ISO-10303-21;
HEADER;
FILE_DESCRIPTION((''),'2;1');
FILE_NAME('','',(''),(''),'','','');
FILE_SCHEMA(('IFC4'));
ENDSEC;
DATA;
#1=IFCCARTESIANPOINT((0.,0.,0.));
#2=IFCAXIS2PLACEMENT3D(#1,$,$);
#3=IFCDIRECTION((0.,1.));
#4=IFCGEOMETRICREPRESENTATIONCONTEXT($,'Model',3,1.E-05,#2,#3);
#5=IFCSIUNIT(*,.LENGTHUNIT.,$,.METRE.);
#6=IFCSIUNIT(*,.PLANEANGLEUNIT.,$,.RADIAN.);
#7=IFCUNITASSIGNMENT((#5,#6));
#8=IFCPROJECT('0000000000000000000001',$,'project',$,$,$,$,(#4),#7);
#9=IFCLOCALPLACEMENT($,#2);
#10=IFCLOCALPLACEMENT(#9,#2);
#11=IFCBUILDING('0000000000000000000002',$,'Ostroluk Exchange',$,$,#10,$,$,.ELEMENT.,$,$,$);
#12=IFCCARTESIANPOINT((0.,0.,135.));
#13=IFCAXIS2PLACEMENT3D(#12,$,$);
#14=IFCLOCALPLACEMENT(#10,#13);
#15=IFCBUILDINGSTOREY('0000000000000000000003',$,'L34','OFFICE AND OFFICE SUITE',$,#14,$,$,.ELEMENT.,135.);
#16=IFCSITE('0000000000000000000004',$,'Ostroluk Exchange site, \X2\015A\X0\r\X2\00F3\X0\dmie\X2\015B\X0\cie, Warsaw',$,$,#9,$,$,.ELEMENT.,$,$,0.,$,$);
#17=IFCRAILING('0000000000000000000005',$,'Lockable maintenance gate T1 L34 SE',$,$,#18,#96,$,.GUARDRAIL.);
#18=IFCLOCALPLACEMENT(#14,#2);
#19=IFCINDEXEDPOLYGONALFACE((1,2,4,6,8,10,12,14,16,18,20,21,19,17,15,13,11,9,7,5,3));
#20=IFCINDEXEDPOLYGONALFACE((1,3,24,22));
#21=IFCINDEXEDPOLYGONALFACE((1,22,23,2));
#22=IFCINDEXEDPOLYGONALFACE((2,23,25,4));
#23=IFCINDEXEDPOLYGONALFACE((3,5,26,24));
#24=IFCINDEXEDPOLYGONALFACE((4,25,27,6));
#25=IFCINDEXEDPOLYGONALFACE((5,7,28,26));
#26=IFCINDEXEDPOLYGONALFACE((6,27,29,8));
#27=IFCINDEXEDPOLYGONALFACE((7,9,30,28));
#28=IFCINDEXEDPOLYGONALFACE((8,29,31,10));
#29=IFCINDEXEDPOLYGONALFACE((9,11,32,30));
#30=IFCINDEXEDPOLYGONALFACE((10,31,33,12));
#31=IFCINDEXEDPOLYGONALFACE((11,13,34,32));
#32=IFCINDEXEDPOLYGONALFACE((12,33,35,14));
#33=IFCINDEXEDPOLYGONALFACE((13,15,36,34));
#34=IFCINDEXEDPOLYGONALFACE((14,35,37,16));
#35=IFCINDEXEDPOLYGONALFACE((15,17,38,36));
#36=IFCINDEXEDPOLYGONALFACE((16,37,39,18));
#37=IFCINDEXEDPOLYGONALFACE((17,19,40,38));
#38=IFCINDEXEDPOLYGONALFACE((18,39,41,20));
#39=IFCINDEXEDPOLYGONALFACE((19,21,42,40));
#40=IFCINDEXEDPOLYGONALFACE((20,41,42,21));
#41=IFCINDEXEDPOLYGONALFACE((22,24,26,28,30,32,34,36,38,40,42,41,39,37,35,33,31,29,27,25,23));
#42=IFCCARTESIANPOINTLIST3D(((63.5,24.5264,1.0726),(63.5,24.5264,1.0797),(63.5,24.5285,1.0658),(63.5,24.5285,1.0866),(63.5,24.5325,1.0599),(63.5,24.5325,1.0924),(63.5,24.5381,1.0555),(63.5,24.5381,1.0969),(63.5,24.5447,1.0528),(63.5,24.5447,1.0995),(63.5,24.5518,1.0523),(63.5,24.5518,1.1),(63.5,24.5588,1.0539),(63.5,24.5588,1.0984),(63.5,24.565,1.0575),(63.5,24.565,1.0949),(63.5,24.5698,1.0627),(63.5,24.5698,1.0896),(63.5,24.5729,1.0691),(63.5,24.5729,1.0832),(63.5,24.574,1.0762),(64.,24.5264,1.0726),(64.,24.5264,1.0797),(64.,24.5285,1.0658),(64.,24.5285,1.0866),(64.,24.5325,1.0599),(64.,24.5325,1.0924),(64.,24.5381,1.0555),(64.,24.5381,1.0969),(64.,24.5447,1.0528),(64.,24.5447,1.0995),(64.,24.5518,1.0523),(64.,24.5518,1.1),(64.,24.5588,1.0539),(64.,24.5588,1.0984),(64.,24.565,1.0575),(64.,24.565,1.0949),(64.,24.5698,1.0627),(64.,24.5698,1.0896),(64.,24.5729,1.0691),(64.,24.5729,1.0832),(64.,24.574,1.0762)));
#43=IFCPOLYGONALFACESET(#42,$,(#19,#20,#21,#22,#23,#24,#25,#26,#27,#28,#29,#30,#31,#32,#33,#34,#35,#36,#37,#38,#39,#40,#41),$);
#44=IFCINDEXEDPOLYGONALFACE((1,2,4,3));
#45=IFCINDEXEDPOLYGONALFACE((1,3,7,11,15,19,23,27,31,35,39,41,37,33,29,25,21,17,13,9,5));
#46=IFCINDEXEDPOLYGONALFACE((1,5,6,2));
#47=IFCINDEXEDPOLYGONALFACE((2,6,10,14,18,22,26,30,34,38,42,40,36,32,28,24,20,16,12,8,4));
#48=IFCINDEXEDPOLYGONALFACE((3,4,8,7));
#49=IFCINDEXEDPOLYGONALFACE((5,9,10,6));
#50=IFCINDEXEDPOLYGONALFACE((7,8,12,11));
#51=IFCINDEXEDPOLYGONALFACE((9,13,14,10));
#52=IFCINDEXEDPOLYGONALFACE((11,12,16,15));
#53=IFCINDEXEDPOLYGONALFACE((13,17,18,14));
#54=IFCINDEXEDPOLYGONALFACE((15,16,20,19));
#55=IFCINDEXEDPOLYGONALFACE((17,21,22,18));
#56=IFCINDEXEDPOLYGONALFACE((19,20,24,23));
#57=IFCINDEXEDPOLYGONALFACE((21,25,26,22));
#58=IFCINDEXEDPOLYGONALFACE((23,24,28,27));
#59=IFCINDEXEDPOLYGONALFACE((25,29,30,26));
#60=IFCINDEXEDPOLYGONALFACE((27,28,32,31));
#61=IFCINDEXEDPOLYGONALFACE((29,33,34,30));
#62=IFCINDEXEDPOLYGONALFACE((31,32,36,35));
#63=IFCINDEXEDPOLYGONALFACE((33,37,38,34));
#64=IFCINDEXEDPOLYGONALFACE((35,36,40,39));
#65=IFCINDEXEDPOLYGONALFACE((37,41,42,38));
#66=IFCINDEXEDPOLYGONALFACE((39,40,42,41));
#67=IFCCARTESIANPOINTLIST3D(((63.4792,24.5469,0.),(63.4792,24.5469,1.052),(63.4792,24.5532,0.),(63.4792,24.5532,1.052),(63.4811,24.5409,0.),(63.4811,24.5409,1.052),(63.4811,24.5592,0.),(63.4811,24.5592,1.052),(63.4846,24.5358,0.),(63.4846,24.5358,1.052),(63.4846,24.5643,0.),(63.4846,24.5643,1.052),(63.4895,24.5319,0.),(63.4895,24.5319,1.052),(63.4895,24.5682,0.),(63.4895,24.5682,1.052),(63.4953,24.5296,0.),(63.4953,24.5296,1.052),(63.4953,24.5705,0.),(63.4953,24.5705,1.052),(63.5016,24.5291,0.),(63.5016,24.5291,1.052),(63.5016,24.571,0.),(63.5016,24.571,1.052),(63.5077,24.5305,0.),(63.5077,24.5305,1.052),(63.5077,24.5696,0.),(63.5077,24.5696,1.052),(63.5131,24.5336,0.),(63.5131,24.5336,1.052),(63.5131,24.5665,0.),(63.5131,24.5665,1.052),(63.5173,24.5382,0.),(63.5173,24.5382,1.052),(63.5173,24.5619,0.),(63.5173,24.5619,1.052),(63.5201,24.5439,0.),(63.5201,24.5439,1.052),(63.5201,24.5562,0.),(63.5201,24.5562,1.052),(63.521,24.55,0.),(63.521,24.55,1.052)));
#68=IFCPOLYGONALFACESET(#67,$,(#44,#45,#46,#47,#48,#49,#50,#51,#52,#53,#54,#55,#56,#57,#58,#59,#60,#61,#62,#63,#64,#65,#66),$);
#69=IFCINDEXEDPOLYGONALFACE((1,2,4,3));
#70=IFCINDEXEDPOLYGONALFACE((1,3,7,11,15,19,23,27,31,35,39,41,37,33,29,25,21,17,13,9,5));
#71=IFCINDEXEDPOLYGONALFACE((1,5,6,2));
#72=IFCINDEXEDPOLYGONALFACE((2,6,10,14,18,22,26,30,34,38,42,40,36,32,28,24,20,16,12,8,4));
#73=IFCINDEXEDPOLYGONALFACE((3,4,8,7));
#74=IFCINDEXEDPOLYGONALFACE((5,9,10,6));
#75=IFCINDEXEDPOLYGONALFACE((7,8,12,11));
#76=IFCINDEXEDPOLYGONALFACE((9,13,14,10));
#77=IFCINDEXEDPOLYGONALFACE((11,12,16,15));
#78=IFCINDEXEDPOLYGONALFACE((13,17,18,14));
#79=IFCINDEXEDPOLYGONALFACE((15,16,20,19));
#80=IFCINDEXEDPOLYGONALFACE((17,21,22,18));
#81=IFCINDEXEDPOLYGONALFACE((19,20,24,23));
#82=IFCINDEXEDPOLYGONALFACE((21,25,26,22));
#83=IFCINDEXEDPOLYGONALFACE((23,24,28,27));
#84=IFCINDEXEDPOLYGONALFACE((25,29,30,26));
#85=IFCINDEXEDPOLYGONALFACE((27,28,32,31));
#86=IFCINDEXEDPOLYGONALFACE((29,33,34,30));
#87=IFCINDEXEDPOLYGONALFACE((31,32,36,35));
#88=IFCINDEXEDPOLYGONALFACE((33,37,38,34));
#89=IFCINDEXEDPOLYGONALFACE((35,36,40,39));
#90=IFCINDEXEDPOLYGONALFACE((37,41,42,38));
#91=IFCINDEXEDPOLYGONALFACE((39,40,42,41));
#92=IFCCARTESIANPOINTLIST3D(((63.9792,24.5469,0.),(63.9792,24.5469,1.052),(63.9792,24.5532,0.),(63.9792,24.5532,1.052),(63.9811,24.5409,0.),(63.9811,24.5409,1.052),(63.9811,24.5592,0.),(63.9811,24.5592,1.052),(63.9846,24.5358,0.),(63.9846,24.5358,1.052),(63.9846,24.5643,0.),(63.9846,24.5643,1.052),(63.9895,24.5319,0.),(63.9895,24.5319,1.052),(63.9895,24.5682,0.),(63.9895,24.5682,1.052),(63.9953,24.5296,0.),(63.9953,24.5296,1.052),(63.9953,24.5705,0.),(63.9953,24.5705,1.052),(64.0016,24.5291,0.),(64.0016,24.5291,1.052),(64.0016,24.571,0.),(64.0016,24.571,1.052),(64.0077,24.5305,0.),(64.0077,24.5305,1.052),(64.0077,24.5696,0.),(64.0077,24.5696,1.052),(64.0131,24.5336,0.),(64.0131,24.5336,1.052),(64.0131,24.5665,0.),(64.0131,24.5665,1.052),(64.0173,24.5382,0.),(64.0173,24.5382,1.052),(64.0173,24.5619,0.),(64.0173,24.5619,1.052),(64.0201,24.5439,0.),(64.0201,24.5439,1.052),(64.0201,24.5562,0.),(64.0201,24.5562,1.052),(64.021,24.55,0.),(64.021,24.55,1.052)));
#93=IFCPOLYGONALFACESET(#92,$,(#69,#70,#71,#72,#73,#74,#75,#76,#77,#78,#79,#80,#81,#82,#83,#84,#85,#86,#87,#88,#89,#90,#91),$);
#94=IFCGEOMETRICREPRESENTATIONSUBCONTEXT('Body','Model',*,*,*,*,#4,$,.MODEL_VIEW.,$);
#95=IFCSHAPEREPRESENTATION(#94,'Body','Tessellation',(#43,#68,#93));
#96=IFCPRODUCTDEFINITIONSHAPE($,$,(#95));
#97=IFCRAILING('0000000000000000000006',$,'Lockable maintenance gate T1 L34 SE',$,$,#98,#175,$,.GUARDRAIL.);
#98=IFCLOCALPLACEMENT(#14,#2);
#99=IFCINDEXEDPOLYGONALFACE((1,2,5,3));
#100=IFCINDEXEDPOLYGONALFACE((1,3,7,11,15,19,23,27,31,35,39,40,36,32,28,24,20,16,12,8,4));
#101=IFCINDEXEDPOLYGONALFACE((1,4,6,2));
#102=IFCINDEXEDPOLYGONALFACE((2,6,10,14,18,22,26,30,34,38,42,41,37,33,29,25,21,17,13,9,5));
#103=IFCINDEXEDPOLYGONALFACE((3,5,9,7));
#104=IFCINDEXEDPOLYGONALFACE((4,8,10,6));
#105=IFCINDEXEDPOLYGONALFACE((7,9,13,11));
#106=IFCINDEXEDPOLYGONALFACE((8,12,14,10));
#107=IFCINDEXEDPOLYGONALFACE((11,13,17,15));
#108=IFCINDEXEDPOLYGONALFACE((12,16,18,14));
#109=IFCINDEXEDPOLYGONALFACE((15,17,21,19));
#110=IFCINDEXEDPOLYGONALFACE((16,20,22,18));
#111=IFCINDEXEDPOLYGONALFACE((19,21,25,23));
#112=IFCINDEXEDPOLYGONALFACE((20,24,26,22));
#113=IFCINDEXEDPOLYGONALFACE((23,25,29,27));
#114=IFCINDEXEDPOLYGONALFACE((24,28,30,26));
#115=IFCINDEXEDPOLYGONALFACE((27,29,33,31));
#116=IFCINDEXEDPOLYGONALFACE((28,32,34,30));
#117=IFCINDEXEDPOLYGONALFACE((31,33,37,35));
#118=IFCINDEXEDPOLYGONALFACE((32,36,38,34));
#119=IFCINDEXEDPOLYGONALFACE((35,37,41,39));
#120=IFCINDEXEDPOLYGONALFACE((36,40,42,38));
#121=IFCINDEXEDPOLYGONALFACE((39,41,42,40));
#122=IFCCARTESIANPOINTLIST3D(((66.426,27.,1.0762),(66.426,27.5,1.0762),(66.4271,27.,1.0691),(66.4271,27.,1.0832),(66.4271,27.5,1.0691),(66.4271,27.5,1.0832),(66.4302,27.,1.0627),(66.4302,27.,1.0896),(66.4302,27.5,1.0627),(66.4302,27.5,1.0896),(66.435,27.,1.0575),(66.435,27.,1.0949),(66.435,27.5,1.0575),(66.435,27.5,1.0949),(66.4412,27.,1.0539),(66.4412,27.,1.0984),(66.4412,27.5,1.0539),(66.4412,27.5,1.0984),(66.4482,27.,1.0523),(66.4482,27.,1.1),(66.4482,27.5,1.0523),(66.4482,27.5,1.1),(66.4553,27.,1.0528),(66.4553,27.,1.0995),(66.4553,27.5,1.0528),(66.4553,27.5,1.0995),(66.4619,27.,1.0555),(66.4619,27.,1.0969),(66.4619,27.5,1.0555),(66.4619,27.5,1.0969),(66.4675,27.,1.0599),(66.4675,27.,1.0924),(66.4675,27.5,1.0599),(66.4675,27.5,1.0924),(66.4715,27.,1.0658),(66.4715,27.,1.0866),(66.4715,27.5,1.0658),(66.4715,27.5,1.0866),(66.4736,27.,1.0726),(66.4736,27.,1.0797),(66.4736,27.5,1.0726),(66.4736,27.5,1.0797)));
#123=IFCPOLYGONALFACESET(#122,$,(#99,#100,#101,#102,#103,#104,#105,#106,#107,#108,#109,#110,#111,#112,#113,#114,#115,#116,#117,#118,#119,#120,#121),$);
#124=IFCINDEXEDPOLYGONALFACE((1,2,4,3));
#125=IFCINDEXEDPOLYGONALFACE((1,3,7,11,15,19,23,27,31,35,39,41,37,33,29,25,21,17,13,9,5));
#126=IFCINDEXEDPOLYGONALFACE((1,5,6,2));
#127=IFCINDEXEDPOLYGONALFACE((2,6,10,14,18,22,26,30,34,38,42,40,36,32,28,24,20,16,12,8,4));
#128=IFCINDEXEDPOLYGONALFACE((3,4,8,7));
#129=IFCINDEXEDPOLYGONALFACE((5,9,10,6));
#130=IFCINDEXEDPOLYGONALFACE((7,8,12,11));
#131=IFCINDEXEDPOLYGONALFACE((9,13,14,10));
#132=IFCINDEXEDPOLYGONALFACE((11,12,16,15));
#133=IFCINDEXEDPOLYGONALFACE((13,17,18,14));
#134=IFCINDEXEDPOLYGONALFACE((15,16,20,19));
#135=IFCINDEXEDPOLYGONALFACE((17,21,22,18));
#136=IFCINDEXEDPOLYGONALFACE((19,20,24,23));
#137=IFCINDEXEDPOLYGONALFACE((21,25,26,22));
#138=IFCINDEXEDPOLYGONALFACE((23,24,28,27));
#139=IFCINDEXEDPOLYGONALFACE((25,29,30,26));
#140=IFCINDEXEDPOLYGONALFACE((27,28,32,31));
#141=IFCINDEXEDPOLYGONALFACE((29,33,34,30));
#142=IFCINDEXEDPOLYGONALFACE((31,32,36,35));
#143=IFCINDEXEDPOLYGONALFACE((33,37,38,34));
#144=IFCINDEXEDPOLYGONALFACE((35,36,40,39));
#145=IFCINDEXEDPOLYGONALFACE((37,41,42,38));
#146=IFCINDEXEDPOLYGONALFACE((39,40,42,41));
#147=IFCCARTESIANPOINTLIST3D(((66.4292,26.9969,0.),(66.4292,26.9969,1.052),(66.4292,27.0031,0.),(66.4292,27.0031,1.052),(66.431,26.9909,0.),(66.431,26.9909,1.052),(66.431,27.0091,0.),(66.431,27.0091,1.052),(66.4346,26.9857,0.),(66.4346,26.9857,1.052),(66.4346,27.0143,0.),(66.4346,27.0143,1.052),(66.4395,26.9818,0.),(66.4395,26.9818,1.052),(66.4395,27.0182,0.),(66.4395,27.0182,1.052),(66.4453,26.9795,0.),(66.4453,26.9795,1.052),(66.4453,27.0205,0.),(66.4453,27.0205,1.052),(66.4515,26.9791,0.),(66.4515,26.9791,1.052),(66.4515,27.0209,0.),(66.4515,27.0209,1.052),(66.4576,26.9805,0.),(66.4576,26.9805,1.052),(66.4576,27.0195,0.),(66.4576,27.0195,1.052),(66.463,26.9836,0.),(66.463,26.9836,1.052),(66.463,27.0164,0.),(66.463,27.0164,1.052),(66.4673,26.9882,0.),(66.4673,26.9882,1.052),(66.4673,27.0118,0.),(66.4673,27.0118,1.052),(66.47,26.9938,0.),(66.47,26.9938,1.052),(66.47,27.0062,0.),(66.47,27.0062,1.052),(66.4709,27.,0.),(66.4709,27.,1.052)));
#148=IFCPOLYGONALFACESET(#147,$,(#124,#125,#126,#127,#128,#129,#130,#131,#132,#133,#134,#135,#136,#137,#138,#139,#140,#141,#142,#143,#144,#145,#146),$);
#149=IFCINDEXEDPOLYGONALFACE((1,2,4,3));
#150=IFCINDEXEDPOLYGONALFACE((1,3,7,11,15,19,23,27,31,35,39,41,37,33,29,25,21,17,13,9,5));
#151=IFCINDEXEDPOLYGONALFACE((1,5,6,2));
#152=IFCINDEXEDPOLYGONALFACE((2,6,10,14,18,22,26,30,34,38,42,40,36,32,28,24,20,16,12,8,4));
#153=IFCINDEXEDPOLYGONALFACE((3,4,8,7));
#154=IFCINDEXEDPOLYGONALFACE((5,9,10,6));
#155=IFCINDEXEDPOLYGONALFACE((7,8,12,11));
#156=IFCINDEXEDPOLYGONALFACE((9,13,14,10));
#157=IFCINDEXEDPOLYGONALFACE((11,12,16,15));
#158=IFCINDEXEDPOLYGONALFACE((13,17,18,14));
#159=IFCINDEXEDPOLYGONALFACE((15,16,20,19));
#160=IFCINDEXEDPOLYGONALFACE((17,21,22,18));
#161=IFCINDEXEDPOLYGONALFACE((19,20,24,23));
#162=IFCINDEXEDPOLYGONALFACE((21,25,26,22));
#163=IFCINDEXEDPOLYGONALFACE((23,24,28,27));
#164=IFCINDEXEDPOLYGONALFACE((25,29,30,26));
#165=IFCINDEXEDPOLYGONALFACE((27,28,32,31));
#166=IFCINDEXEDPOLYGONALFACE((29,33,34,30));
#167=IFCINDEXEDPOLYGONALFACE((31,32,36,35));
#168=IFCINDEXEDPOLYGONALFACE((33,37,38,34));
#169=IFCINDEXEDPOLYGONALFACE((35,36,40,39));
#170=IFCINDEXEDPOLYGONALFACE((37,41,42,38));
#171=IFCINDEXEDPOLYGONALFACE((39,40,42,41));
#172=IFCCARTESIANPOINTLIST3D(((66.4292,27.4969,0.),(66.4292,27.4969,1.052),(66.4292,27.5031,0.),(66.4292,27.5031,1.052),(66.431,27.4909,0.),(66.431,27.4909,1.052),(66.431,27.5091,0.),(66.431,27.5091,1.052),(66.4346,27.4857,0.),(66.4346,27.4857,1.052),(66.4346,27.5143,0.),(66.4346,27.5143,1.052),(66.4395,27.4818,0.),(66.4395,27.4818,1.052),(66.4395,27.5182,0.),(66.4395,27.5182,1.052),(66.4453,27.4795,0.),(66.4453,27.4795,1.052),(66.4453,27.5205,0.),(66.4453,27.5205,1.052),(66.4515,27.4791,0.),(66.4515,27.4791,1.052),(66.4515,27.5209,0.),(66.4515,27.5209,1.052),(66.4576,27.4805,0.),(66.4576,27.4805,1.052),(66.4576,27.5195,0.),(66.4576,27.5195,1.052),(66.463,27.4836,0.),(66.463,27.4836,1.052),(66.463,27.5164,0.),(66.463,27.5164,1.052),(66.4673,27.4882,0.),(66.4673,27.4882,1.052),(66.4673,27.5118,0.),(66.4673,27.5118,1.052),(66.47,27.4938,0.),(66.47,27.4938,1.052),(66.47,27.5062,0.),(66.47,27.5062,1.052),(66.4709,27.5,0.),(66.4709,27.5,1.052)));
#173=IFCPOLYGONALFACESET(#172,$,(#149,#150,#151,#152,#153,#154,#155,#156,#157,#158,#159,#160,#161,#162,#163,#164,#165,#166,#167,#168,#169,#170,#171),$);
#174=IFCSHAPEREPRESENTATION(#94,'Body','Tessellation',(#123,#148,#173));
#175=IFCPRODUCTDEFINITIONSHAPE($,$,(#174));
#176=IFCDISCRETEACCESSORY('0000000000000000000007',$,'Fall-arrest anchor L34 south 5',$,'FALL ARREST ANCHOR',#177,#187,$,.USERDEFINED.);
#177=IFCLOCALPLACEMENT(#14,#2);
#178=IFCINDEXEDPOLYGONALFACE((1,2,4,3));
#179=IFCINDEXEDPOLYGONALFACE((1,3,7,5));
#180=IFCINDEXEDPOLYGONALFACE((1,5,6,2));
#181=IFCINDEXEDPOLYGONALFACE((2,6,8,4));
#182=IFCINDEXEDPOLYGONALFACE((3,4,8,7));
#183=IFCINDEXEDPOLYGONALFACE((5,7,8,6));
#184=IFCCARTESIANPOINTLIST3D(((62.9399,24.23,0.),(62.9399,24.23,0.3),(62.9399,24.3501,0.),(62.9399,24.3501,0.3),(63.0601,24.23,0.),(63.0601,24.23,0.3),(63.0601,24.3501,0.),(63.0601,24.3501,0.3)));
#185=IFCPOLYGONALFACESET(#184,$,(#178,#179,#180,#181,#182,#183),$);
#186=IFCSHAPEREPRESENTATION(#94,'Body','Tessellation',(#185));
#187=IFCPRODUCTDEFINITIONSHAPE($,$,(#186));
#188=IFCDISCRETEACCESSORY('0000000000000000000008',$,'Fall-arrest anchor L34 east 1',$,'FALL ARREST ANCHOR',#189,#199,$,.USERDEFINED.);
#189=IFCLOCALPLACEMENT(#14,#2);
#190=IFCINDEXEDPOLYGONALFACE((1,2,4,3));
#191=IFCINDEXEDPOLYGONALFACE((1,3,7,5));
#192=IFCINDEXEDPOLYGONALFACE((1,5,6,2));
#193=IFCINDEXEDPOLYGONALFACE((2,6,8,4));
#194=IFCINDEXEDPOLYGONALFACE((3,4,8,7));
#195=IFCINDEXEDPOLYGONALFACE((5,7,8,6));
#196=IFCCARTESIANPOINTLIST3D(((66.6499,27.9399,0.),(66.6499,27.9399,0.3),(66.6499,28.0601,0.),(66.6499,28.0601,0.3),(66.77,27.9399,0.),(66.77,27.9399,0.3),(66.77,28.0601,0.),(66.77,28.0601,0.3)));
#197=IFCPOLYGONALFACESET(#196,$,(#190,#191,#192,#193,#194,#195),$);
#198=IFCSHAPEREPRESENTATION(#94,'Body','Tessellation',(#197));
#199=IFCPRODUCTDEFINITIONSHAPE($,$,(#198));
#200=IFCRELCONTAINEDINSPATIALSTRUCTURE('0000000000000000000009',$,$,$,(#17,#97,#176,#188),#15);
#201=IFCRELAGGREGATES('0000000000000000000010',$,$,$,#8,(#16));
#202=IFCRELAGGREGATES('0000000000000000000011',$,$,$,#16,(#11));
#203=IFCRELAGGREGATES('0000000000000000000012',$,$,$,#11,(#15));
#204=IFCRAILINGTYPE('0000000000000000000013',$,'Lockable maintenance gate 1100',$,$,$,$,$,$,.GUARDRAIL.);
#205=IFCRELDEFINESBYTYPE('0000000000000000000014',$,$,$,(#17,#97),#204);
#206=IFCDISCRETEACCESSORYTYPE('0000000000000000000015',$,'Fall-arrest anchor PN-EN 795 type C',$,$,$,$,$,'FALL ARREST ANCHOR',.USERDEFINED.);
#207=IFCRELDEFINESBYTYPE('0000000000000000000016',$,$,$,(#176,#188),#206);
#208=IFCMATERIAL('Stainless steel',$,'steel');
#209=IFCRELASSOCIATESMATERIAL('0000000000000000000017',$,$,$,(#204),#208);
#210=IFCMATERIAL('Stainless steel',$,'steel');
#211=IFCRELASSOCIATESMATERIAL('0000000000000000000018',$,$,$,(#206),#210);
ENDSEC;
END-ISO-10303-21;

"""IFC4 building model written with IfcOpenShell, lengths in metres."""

from ifc_helpers import new_model, si_unit, direction, frame, origin, origin_2d, place, context, subcontext, project, spatial, rectangle, circle, extrude, material, type_object, element, save


model = new_model("IFC4")

# Units and contexts
model_context = context("Model", 3, precision=1e-05, world=origin(), true_north=direction((0.0, 1.0)))
body_context = subcontext(model_context, "Body", "Model", "MODEL_VIEW")
ifc_project = project(units=[si_unit("LENGTHUNIT", "METRE"), si_unit("PLANEANGLEUNIT", "RADIAN")], contexts=[model_context])

# Site, building, storey
site_placement = place(None, origin())
site = spatial("IfcSite", under=ifc_project, at=site_placement, Name="Ostroluk Exchange site, Śródmieście, Warsaw", CompositionType="ELEMENT", RefElevation=0.0)
building_placement = place(site_placement, origin())
building = spatial("IfcBuilding", under=site, at=building_placement, Name="Ostroluk Exchange", CompositionType="ELEMENT")
storey_placement = place(building_placement, frame((0.0, 0.0, 135.0)))
storey = spatial("IfcBuildingStorey", under=building, at=storey_placement, Name="L34", Description="OFFICE AND OFFICE SUITE", CompositionType="ELEMENT", Elevation=135.0)

# Railings
ifc_material_1 = material(Name="Stainless steel", Category="steel")
railing_type_1 = type_object("IfcRailingType", Name="Lockable maintenance gate 1100", PredefinedType="GUARDRAIL", material=ifc_material_1)
railing_1_placement = place(storey_placement, frame((63.5, 24.55, 0.0)))
element("IfcRailing", 1, at=railing_1_placement, inside=storey, type_object=railing_type_1, Name="Lockable maintenance gate T1 L34 SE", PredefinedType="GUARDRAIL", context=body_context, shape_type="SweptSolid", body=[
    extrude(circle(Radius=0.0239, at=origin_2d()), frame((0.0, 0.0, 1.0762), z_axis=(1.0, 0.0, 0.0), x_axis=(0.0, 1.0, 0.0)), (0.0, 0.0, 1.0), 0.5),
    extrude(circle(Radius=0.021, at=origin_2d()), origin(), (0.0, 0.0, 1.0), 1.052),
    extrude(circle(Radius=0.021, at=origin_2d()), frame((0.5, 0.0, 0.0)), (0.0, 0.0, 1.0), 1.052),
])
railing_2_placement = place(storey_placement, frame((66.45, 27.0, 0.0)))
element("IfcRailing", 2, at=railing_2_placement, inside=storey, type_object=railing_type_1, Name="Lockable maintenance gate T1 L34 SE", PredefinedType="GUARDRAIL", context=body_context, shape_type="SweptSolid", body=[
    extrude(circle(Radius=0.0239, at=origin_2d()), frame((0.0, 0.0, 1.0762), z_axis=(0.0, 1.0, 0.0), x_axis=(-1.0, 0.0, 0.0)), (0.0, 0.0, 1.0), 0.5),
    extrude(circle(Radius=0.021, at=origin_2d()), origin(), (0.0, 0.0, 1.0), 1.052),
    extrude(circle(Radius=0.021, at=origin_2d()), frame((0.0, 0.5, 0.0)), (0.0, 0.0, 1.0), 1.052),
])

# Discrete accessories
ifc_material_2 = material(Name="Stainless steel", Category="steel")
discrete_accessory_type = type_object("IfcDiscreteAccessoryType", Name="Fall-arrest anchor PN-EN 795 type C", ElementType="FALL ARREST ANCHOR", PredefinedType="USERDEFINED", material=ifc_material_2)
for number, where, z_axis, x_axis, name in (
    (3, (63.0, 24.29, 0.0), (0.0, 0.0, 1.0), (1.0, 0.0, 0.0), "Fall-arrest anchor L34 south 5"),
    (4, (66.71, 28.0, 0.0), (0.0, 0.0, 1.0), (1.0, 0.0, 0.0), "Fall-arrest anchor L34 east 1"),
):
    element("IfcDiscreteAccessory", number, at=place(storey_placement, frame(where, z_axis=z_axis, x_axis=x_axis)), inside=storey, type_object=discrete_accessory_type, Name=name, ObjectType="FALL ARREST ANCHOR", PredefinedType="USERDEFINED", context=body_context, shape_type="SweptSolid", body=[
        extrude(rectangle(XDim=0.1201, YDim=0.1201, at=origin_2d()), origin(), (0.0, 0.0, 1.0), 0.3),
    ])

save(model, "model.ifc")
